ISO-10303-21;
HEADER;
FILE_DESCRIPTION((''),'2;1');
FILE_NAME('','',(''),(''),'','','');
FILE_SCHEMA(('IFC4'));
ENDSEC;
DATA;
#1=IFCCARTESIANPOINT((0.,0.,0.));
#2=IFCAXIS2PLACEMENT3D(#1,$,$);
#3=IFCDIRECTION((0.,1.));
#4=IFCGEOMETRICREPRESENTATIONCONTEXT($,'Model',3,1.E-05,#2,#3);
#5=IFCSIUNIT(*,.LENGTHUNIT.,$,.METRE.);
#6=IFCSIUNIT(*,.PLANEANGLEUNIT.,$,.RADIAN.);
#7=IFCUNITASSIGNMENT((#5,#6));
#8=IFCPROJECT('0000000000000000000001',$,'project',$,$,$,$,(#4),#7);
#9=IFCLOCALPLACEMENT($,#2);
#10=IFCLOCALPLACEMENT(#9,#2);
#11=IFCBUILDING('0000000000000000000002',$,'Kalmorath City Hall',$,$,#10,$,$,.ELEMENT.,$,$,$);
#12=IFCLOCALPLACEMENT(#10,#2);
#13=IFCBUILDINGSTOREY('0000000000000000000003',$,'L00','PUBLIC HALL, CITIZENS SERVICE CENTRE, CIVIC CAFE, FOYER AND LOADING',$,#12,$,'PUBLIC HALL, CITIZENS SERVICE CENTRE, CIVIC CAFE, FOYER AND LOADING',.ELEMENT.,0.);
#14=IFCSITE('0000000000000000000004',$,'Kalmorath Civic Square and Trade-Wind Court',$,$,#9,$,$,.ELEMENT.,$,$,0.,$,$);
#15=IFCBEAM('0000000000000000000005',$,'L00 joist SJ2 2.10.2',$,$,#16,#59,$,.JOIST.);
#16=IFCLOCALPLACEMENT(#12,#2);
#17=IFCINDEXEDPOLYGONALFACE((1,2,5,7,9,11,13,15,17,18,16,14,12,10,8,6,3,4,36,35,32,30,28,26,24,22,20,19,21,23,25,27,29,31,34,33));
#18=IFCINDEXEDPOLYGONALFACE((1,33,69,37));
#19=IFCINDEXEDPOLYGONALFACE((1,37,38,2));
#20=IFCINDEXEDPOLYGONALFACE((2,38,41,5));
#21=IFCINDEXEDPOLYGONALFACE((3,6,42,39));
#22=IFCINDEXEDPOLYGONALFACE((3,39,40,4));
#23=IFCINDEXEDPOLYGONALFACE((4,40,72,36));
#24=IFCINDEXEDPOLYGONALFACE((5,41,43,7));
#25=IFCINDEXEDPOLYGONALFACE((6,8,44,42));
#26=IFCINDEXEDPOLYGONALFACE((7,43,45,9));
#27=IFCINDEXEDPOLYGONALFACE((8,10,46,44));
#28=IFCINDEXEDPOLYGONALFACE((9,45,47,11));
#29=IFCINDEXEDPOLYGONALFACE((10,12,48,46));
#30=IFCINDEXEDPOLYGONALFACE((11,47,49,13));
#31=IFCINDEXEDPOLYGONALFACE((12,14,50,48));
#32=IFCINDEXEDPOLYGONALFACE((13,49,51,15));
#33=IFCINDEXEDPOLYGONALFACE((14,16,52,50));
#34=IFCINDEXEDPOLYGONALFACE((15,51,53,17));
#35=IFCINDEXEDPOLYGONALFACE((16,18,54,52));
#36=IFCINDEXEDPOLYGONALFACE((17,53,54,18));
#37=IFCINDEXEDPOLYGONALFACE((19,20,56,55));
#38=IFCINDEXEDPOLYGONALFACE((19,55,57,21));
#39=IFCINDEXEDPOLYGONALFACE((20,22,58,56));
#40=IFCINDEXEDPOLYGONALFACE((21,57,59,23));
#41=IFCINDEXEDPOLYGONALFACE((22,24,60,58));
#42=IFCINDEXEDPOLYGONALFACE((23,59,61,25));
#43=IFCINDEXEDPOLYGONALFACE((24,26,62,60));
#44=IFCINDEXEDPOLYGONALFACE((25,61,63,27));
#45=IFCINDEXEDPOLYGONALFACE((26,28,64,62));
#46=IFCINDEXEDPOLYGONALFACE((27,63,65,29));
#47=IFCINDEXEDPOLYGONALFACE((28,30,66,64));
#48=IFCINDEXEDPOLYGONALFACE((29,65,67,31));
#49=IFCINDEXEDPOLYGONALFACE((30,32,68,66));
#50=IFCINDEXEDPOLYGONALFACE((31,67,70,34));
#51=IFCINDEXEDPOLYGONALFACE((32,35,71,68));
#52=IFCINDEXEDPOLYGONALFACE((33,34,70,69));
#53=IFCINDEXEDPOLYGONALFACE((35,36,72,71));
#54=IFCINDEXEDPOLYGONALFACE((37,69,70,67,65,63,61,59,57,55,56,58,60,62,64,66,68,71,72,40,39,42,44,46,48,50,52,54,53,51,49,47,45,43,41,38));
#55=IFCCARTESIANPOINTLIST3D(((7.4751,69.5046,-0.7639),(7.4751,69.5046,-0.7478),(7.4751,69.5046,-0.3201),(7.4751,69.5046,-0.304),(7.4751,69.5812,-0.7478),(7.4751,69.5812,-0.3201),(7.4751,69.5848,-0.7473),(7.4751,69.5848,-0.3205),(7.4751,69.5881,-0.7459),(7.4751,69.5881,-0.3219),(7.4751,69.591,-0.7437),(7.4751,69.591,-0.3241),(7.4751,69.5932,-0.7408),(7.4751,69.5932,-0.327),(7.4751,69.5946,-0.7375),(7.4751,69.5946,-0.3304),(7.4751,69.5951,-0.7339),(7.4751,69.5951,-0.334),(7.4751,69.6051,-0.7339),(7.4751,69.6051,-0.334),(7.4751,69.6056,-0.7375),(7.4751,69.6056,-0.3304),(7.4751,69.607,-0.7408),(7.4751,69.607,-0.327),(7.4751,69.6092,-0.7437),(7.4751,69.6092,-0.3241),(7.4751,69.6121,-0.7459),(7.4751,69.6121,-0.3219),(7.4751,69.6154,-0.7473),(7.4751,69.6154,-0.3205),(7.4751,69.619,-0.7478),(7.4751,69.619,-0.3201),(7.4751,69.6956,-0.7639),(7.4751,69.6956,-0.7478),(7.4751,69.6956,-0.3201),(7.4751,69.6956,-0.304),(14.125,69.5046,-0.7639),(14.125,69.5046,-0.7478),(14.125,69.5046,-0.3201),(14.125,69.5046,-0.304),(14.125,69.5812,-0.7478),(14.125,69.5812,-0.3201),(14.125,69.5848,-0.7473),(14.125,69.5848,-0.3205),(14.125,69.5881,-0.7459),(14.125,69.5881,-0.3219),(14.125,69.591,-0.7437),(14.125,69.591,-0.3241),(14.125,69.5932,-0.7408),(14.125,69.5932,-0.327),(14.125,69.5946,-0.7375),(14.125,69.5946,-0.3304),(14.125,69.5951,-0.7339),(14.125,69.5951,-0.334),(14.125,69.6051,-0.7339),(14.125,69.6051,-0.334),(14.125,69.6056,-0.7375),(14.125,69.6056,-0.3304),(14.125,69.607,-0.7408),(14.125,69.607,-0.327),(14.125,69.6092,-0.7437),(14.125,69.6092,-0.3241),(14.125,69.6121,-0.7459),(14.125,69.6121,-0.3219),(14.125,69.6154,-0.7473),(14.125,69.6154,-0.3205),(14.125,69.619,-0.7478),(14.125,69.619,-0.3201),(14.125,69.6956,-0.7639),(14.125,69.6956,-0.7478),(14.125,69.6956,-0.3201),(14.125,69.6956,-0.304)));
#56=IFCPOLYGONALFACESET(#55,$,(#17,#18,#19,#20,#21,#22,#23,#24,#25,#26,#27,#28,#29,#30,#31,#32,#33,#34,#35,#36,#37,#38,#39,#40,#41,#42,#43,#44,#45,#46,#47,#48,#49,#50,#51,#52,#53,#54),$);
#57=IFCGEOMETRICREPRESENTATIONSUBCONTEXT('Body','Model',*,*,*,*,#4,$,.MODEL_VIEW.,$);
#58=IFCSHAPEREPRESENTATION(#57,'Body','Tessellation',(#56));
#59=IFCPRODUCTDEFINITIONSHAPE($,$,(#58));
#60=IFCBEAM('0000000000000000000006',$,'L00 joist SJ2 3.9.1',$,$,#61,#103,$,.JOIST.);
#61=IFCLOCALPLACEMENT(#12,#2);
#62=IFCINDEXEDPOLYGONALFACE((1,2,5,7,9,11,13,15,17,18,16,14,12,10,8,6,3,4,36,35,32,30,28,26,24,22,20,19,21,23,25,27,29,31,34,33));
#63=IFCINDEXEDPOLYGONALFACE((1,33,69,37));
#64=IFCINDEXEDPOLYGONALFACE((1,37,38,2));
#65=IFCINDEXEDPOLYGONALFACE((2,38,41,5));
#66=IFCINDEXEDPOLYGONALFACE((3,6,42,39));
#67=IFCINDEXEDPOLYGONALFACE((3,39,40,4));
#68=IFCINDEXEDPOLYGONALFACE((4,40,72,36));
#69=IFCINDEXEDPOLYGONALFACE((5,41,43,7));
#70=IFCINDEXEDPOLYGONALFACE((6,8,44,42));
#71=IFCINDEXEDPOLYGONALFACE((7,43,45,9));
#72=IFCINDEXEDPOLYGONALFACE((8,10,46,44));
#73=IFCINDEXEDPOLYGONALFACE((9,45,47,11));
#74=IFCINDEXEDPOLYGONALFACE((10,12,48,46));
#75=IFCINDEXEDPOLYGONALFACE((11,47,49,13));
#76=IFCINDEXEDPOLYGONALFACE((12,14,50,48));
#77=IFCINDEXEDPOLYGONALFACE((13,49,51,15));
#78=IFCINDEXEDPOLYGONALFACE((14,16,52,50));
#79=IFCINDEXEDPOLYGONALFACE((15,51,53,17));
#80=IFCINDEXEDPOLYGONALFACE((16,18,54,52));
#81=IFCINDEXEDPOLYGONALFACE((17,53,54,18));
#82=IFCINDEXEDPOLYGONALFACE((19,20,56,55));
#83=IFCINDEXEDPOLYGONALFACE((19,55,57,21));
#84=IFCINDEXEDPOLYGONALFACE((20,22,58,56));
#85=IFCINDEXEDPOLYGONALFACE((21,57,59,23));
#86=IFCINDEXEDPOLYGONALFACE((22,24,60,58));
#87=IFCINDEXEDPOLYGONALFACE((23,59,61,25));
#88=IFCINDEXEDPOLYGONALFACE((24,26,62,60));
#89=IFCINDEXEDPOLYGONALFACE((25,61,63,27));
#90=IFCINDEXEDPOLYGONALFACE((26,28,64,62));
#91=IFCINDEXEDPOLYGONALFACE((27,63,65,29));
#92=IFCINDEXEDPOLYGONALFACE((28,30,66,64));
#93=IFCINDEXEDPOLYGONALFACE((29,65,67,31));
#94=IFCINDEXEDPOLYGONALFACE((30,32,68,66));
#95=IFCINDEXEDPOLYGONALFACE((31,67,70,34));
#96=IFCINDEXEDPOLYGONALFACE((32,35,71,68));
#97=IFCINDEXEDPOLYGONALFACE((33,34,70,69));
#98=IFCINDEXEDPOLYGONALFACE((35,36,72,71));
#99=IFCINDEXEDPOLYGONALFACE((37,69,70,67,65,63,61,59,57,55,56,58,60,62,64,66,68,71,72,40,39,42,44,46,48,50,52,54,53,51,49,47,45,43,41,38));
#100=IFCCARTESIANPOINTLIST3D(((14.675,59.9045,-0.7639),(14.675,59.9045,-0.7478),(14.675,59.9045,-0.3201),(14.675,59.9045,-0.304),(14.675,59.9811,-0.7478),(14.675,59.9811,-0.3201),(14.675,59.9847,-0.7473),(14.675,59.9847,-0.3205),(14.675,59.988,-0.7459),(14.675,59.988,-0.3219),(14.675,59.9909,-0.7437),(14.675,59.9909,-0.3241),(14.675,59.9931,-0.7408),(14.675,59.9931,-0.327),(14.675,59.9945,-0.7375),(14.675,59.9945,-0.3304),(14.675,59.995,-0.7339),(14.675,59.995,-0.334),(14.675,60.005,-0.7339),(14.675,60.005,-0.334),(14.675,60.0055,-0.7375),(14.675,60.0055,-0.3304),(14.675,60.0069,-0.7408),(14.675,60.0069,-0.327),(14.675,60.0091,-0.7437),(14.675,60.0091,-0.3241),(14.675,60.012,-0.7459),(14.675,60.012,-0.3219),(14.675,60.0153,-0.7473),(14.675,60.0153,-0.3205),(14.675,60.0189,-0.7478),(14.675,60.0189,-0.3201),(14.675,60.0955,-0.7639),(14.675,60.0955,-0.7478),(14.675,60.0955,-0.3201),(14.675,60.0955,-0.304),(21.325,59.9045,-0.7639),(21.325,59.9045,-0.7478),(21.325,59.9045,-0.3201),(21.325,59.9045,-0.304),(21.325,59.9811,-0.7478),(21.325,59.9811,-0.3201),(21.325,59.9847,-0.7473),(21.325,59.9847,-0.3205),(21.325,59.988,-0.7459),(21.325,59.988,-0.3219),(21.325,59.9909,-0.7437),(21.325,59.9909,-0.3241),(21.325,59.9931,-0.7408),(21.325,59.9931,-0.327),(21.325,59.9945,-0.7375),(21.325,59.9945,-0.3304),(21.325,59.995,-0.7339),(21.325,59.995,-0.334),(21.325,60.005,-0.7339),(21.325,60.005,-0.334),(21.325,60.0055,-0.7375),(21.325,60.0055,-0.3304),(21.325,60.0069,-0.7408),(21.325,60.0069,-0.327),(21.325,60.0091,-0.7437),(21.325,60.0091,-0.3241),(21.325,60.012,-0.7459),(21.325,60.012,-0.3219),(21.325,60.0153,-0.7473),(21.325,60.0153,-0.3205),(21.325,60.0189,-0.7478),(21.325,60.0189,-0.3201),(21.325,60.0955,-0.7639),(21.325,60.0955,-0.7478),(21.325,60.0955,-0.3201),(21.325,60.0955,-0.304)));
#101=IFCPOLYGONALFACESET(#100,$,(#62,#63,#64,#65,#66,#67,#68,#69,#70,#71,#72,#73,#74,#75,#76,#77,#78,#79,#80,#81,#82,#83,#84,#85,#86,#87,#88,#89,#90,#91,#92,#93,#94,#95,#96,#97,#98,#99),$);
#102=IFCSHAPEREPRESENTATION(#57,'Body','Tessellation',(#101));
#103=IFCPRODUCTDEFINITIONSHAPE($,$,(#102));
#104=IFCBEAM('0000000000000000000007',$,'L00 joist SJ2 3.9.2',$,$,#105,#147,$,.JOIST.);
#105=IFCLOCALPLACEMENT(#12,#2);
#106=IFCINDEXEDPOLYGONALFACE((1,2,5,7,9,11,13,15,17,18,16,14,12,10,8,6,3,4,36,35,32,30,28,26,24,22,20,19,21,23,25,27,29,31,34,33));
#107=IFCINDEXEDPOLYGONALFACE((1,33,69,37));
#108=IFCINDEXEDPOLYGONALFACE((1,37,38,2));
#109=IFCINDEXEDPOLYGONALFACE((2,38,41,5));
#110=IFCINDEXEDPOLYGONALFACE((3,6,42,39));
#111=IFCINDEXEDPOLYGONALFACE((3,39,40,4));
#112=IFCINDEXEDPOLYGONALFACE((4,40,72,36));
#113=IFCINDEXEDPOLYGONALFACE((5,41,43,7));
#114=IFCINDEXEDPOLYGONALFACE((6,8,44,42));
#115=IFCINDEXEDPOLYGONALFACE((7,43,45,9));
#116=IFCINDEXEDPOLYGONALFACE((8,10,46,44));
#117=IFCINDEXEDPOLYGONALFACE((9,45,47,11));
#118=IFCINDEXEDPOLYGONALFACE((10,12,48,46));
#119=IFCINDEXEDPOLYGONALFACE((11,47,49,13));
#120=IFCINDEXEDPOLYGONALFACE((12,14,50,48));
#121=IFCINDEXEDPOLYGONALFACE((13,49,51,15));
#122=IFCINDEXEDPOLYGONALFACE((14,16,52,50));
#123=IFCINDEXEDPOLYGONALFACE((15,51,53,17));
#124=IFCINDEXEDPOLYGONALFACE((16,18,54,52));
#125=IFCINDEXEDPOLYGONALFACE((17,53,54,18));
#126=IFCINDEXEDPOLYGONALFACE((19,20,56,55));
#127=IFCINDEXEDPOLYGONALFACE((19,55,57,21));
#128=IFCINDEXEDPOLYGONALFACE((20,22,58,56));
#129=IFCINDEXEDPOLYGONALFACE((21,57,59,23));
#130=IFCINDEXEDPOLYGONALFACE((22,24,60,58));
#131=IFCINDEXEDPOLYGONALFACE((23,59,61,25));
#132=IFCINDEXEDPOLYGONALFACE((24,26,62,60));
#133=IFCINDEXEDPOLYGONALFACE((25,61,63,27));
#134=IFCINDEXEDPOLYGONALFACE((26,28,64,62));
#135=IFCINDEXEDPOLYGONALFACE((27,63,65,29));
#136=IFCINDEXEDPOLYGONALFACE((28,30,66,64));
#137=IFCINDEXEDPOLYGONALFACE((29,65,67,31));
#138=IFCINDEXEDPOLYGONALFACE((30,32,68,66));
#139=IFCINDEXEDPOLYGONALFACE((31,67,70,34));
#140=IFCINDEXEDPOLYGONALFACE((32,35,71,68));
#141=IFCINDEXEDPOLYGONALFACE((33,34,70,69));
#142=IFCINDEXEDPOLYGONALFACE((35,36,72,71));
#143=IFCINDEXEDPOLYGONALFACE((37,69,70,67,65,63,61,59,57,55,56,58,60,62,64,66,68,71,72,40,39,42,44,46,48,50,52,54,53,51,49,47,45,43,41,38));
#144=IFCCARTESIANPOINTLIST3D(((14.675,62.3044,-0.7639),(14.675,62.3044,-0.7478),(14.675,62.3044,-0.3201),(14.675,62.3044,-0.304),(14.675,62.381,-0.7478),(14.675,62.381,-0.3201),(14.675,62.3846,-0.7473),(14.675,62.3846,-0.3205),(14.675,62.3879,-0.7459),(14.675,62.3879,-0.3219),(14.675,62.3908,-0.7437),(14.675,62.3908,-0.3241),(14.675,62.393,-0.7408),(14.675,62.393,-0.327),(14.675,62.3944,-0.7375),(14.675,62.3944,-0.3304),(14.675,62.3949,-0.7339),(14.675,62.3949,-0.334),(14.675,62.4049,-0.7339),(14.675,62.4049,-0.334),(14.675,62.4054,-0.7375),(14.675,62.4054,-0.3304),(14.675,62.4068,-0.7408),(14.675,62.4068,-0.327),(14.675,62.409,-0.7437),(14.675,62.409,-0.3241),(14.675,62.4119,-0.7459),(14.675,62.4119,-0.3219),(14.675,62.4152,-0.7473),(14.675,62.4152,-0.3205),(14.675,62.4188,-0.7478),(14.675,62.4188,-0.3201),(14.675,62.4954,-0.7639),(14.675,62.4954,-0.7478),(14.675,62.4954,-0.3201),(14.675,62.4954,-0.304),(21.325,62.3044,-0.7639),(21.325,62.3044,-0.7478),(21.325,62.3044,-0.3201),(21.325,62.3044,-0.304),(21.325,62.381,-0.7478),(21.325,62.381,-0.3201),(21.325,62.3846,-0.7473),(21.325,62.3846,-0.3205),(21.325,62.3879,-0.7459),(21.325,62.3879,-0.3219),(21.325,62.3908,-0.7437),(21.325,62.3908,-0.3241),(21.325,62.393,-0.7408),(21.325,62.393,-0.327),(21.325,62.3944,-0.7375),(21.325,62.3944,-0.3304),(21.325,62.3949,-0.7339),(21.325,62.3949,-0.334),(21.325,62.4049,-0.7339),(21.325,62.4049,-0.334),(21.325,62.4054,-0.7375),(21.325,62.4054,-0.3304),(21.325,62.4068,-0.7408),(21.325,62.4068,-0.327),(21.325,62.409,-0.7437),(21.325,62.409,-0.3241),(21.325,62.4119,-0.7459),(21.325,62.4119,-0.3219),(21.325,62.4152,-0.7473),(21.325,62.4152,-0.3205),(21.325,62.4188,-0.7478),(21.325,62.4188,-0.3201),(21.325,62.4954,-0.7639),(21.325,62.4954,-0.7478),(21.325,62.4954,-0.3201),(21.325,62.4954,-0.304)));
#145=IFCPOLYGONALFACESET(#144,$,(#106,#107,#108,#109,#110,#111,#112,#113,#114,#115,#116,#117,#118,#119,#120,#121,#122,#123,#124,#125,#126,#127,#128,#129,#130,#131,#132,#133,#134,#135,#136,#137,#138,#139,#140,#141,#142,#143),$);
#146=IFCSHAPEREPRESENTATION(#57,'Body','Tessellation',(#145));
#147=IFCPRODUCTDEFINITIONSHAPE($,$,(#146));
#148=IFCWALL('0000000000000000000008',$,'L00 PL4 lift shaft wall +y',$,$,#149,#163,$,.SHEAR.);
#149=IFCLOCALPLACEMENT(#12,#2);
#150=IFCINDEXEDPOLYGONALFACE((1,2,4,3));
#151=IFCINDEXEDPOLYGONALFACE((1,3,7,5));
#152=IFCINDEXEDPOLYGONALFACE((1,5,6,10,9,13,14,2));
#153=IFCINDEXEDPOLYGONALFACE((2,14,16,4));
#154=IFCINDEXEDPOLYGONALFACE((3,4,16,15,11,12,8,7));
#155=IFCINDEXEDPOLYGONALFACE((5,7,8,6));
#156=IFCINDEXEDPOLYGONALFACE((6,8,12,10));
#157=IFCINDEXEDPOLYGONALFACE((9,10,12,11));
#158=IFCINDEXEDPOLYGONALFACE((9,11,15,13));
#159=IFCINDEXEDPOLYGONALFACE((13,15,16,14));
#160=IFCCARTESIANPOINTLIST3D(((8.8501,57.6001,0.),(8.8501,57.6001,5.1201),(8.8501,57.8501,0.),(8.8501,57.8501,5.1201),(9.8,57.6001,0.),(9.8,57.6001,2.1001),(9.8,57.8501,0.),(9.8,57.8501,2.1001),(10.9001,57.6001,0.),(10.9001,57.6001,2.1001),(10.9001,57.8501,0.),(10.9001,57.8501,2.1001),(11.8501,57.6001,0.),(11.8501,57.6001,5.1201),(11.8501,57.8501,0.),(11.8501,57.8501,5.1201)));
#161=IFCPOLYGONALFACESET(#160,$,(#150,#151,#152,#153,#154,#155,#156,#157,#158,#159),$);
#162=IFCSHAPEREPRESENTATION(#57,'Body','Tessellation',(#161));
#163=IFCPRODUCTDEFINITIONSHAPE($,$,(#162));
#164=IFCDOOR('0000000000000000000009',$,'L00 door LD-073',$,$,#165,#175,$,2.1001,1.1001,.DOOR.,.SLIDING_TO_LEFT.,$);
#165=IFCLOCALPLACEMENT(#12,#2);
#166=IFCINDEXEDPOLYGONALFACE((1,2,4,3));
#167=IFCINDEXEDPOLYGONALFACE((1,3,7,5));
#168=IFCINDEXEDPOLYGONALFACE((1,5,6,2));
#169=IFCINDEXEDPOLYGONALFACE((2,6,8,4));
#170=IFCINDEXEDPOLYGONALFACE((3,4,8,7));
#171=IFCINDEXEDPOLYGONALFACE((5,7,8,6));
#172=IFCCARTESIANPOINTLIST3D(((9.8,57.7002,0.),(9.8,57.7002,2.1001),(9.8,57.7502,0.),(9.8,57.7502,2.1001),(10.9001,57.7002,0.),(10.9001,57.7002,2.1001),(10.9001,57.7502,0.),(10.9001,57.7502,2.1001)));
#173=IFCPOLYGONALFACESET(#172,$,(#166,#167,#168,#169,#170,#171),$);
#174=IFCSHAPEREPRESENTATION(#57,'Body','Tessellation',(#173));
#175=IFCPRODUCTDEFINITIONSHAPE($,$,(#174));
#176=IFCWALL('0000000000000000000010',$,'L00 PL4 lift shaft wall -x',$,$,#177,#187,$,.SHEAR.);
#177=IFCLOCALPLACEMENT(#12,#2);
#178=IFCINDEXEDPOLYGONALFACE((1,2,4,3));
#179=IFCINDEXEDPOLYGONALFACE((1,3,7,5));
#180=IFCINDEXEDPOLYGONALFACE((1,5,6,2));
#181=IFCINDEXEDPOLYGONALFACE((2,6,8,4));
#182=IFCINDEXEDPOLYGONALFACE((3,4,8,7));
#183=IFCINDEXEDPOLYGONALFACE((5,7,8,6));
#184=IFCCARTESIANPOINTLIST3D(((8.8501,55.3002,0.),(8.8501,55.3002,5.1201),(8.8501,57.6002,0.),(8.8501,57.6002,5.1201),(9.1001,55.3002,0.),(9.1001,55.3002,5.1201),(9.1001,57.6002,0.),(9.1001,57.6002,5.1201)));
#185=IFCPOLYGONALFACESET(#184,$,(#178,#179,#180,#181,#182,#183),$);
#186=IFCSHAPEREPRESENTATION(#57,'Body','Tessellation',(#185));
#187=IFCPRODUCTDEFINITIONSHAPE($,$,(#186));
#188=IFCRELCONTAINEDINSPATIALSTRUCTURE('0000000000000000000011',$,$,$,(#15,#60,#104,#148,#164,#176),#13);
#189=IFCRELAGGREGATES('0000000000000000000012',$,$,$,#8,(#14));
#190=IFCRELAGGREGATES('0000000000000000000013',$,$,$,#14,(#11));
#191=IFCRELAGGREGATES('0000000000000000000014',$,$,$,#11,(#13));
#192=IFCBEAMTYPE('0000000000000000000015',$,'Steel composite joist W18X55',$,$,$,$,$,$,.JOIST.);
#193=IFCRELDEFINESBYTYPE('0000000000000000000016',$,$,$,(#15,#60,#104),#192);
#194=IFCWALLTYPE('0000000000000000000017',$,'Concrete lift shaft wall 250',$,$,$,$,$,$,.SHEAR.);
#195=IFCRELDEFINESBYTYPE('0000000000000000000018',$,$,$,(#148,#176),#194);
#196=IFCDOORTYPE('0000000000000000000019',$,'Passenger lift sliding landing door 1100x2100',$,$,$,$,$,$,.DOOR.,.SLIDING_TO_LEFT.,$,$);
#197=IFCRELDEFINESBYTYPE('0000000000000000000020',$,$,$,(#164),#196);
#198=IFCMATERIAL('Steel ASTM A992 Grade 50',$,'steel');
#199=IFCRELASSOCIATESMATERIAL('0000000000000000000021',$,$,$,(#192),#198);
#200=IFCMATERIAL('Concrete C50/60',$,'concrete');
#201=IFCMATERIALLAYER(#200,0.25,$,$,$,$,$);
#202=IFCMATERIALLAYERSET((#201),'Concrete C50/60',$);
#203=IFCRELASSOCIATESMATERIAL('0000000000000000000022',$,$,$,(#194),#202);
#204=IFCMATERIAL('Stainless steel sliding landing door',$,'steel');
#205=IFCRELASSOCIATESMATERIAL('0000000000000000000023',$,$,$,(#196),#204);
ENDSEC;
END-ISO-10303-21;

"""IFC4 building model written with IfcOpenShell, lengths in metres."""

from ifc_helpers import new_model, si_unit, direction, frame, frame_2d, origin, origin_2d, place, context, subcontext, project, spatial, rectangle, i_section, extrude, material, layer, layer_set, material_profile, profile_set, type_object, element, fill, save


model = new_model("IFC4")

# Units and contexts
model_context = context("Model", 3, precision=1e-05, world=origin(), true_north=direction((0.0, 1.0)))
body_context = subcontext(model_context, "Body", "Model", "MODEL_VIEW")
ifc_project = project(units=[si_unit("LENGTHUNIT", "METRE"), si_unit("PLANEANGLEUNIT", "RADIAN")], contexts=[model_context])

# Site, building, storey
site_placement = place(None, origin())
site = spatial("IfcSite", under=ifc_project, at=site_placement, Name="Kalmorath Civic Square and Trade-Wind Court", CompositionType="ELEMENT", RefElevation=0.0)
building_placement = place(site_placement, origin())
building = spatial("IfcBuilding", under=site, at=building_placement, Name="Kalmorath City Hall", CompositionType="ELEMENT")
storey_placement = place(building_placement, origin())
storey = spatial("IfcBuildingStorey", under=building, at=storey_placement, Name="L00", Description="PUBLIC HALL, CITIZENS SERVICE CENTRE, CIVIC CAFE, FOYER AND LOADING", LongName="PUBLIC HALL, CITIZENS SERVICE CENTRE, CIVIC CAFE, FOYER AND LOADING", CompositionType="ELEMENT", Elevation=0.0)

# Beams
ifc_material_1 = material(Name="Steel ASTM A992 Grade 50", Category="steel")
ifc_material_profile_1 = material_profile(ifc_material_1, i_section(OverallWidth=0.1909, OverallDepth=0.46, WebThickness=0.01, FlangeThickness=0.0161, FilletRadius=0.0139, at=origin_2d()), Name="W18X55")
ifc_profile_set_1 = profile_set([ifc_material_profile_1], Name="Steel ASTM A992 Grade 50")
beam_type_1 = type_object("IfcBeamType", Name="Steel composite joist W18X55", PredefinedType="JOIST", material=ifc_profile_set_1)
for number, where, z_axis, x_axis, name in (
    (1, (7.4751, 69.6001, -0.5339), (1.0, 0.0, 0.0), (0.0, 1.0, 0.0), "L00 joist SJ2 2.10.2"),
    (2, (14.675, 60.0, -0.5339), (1.0, 0.0, 0.0), (0.0, 1.0, 0.0), "L00 joist SJ2 3.9.1"),
    (3, (14.675, 62.3999, -0.5339), (1.0, 0.0, 0.0), (0.0, 1.0, 0.0), "L00 joist SJ2 3.9.2"),
):
    element("IfcBeam", number, at=place(storey_placement, frame(where, z_axis=z_axis, x_axis=x_axis)), inside=storey, type_object=beam_type_1, Name=name, PredefinedType="JOIST", context=body_context, shape_type="SweptSolid", body=[
        extrude(i_section(OverallWidth=0.1909, OverallDepth=0.46, WebThickness=0.01, FlangeThickness=0.0161, FilletRadius=0.0139, at=origin_2d()), origin(), (0.0, 0.0, 1.0), 6.6499),
    ])

# Wall, opening, door
ifc_material_2 = material(Name="Concrete C50/60", Category="concrete")
ifc_layer_1 = layer(ifc_material_2, 0.25)
ifc_layer_set_1 = layer_set([ifc_layer_1], Name="Concrete C50/60")
wall_type_1 = type_object("IfcWallType", Name="Concrete lift shaft wall 250", PredefinedType="SHEAR", material=ifc_layer_set_1)
wall_1_placement = place(storey_placement, frame((11.8501, 57.7251, 0.0), z_axis=(0.0, 0.0, 1.0), x_axis=(-1.0, 0.0, 0.0)))
wall_1 = element("IfcWall", 4, at=wall_1_placement, inside=storey, type_object=wall_type_1, Name="L00 PL4 lift shaft wall +y", PredefinedType="SHEAR", context=body_context, shape_type="SweptSolid", body=[
    extrude(rectangle(XDim=3.0, YDim=0.25, at=frame_2d((1.5, 0.0))), origin(), (0.0, 0.0, 1.0), 5.1201),
])
opening_1_placement = place(wall_1_placement, frame((0.95, 0.0, 0.0)))
opening_1 = element("IfcOpeningElement", 5, at=opening_1_placement, cuts=wall_1, PredefinedType="OPENING", context=body_context, shape_type="SweptSolid", body=[
    extrude(rectangle(XDim=1.1001, YDim=2.1001, at=frame_2d((0.55, 1.05))), frame((0.0, 0.135, 0.0), z_axis=(0.0, -1.0, 0.0), x_axis=(1.0, 0.0, 0.0)), (0.0, 0.0, 1.0), 0.27),
])
ifc_material_3 = material(Name="Stainless steel sliding landing door", Category="steel")
door_type_1 = type_object("IfcDoorType", Name="Passenger lift sliding landing door 1100x2100", OperationType="SLIDING_TO_LEFT", PredefinedType="DOOR", material=ifc_material_3)
door_1_placement = place(opening_1_placement, origin())
door_1 = element("IfcDoor", 6, at=door_1_placement, inside=storey, type_object=door_type_1, Name="L00 door LD-073", OperationType="SLIDING_TO_LEFT", OverallHeight=2.1001, OverallWidth=1.1001, PredefinedType="DOOR", context=body_context, shape_type="SweptSolid", body=[
    extrude(rectangle(XDim=1.1001, YDim=2.1001, at=frame_2d((0.55, 1.05))), frame((0.0, 0.0249, 0.0), z_axis=(0.0, -1.0, 0.0), x_axis=(1.0, 0.0, 0.0)), (0.0, 0.0, 1.0), 0.05),
])
fill(opening_1, door_1)

# Wall
wall_2_placement = place(storey_placement, frame((8.9751, 57.6001, 0.0), z_axis=(0.0, 0.0, 1.0), x_axis=(0.0, -1.0, 0.0)))
element("IfcWall", 7, at=wall_2_placement, inside=storey, type_object=wall_type_1, Name="L00 PL4 lift shaft wall -x", PredefinedType="SHEAR", context=body_context, shape_type="SweptSolid", body=[
    extrude(rectangle(XDim=2.3, YDim=0.25, at=frame_2d((1.1499, 0.0))), origin(), (0.0, 0.0, 1.0), 5.1201),
])

save(model, "model.ifc")
